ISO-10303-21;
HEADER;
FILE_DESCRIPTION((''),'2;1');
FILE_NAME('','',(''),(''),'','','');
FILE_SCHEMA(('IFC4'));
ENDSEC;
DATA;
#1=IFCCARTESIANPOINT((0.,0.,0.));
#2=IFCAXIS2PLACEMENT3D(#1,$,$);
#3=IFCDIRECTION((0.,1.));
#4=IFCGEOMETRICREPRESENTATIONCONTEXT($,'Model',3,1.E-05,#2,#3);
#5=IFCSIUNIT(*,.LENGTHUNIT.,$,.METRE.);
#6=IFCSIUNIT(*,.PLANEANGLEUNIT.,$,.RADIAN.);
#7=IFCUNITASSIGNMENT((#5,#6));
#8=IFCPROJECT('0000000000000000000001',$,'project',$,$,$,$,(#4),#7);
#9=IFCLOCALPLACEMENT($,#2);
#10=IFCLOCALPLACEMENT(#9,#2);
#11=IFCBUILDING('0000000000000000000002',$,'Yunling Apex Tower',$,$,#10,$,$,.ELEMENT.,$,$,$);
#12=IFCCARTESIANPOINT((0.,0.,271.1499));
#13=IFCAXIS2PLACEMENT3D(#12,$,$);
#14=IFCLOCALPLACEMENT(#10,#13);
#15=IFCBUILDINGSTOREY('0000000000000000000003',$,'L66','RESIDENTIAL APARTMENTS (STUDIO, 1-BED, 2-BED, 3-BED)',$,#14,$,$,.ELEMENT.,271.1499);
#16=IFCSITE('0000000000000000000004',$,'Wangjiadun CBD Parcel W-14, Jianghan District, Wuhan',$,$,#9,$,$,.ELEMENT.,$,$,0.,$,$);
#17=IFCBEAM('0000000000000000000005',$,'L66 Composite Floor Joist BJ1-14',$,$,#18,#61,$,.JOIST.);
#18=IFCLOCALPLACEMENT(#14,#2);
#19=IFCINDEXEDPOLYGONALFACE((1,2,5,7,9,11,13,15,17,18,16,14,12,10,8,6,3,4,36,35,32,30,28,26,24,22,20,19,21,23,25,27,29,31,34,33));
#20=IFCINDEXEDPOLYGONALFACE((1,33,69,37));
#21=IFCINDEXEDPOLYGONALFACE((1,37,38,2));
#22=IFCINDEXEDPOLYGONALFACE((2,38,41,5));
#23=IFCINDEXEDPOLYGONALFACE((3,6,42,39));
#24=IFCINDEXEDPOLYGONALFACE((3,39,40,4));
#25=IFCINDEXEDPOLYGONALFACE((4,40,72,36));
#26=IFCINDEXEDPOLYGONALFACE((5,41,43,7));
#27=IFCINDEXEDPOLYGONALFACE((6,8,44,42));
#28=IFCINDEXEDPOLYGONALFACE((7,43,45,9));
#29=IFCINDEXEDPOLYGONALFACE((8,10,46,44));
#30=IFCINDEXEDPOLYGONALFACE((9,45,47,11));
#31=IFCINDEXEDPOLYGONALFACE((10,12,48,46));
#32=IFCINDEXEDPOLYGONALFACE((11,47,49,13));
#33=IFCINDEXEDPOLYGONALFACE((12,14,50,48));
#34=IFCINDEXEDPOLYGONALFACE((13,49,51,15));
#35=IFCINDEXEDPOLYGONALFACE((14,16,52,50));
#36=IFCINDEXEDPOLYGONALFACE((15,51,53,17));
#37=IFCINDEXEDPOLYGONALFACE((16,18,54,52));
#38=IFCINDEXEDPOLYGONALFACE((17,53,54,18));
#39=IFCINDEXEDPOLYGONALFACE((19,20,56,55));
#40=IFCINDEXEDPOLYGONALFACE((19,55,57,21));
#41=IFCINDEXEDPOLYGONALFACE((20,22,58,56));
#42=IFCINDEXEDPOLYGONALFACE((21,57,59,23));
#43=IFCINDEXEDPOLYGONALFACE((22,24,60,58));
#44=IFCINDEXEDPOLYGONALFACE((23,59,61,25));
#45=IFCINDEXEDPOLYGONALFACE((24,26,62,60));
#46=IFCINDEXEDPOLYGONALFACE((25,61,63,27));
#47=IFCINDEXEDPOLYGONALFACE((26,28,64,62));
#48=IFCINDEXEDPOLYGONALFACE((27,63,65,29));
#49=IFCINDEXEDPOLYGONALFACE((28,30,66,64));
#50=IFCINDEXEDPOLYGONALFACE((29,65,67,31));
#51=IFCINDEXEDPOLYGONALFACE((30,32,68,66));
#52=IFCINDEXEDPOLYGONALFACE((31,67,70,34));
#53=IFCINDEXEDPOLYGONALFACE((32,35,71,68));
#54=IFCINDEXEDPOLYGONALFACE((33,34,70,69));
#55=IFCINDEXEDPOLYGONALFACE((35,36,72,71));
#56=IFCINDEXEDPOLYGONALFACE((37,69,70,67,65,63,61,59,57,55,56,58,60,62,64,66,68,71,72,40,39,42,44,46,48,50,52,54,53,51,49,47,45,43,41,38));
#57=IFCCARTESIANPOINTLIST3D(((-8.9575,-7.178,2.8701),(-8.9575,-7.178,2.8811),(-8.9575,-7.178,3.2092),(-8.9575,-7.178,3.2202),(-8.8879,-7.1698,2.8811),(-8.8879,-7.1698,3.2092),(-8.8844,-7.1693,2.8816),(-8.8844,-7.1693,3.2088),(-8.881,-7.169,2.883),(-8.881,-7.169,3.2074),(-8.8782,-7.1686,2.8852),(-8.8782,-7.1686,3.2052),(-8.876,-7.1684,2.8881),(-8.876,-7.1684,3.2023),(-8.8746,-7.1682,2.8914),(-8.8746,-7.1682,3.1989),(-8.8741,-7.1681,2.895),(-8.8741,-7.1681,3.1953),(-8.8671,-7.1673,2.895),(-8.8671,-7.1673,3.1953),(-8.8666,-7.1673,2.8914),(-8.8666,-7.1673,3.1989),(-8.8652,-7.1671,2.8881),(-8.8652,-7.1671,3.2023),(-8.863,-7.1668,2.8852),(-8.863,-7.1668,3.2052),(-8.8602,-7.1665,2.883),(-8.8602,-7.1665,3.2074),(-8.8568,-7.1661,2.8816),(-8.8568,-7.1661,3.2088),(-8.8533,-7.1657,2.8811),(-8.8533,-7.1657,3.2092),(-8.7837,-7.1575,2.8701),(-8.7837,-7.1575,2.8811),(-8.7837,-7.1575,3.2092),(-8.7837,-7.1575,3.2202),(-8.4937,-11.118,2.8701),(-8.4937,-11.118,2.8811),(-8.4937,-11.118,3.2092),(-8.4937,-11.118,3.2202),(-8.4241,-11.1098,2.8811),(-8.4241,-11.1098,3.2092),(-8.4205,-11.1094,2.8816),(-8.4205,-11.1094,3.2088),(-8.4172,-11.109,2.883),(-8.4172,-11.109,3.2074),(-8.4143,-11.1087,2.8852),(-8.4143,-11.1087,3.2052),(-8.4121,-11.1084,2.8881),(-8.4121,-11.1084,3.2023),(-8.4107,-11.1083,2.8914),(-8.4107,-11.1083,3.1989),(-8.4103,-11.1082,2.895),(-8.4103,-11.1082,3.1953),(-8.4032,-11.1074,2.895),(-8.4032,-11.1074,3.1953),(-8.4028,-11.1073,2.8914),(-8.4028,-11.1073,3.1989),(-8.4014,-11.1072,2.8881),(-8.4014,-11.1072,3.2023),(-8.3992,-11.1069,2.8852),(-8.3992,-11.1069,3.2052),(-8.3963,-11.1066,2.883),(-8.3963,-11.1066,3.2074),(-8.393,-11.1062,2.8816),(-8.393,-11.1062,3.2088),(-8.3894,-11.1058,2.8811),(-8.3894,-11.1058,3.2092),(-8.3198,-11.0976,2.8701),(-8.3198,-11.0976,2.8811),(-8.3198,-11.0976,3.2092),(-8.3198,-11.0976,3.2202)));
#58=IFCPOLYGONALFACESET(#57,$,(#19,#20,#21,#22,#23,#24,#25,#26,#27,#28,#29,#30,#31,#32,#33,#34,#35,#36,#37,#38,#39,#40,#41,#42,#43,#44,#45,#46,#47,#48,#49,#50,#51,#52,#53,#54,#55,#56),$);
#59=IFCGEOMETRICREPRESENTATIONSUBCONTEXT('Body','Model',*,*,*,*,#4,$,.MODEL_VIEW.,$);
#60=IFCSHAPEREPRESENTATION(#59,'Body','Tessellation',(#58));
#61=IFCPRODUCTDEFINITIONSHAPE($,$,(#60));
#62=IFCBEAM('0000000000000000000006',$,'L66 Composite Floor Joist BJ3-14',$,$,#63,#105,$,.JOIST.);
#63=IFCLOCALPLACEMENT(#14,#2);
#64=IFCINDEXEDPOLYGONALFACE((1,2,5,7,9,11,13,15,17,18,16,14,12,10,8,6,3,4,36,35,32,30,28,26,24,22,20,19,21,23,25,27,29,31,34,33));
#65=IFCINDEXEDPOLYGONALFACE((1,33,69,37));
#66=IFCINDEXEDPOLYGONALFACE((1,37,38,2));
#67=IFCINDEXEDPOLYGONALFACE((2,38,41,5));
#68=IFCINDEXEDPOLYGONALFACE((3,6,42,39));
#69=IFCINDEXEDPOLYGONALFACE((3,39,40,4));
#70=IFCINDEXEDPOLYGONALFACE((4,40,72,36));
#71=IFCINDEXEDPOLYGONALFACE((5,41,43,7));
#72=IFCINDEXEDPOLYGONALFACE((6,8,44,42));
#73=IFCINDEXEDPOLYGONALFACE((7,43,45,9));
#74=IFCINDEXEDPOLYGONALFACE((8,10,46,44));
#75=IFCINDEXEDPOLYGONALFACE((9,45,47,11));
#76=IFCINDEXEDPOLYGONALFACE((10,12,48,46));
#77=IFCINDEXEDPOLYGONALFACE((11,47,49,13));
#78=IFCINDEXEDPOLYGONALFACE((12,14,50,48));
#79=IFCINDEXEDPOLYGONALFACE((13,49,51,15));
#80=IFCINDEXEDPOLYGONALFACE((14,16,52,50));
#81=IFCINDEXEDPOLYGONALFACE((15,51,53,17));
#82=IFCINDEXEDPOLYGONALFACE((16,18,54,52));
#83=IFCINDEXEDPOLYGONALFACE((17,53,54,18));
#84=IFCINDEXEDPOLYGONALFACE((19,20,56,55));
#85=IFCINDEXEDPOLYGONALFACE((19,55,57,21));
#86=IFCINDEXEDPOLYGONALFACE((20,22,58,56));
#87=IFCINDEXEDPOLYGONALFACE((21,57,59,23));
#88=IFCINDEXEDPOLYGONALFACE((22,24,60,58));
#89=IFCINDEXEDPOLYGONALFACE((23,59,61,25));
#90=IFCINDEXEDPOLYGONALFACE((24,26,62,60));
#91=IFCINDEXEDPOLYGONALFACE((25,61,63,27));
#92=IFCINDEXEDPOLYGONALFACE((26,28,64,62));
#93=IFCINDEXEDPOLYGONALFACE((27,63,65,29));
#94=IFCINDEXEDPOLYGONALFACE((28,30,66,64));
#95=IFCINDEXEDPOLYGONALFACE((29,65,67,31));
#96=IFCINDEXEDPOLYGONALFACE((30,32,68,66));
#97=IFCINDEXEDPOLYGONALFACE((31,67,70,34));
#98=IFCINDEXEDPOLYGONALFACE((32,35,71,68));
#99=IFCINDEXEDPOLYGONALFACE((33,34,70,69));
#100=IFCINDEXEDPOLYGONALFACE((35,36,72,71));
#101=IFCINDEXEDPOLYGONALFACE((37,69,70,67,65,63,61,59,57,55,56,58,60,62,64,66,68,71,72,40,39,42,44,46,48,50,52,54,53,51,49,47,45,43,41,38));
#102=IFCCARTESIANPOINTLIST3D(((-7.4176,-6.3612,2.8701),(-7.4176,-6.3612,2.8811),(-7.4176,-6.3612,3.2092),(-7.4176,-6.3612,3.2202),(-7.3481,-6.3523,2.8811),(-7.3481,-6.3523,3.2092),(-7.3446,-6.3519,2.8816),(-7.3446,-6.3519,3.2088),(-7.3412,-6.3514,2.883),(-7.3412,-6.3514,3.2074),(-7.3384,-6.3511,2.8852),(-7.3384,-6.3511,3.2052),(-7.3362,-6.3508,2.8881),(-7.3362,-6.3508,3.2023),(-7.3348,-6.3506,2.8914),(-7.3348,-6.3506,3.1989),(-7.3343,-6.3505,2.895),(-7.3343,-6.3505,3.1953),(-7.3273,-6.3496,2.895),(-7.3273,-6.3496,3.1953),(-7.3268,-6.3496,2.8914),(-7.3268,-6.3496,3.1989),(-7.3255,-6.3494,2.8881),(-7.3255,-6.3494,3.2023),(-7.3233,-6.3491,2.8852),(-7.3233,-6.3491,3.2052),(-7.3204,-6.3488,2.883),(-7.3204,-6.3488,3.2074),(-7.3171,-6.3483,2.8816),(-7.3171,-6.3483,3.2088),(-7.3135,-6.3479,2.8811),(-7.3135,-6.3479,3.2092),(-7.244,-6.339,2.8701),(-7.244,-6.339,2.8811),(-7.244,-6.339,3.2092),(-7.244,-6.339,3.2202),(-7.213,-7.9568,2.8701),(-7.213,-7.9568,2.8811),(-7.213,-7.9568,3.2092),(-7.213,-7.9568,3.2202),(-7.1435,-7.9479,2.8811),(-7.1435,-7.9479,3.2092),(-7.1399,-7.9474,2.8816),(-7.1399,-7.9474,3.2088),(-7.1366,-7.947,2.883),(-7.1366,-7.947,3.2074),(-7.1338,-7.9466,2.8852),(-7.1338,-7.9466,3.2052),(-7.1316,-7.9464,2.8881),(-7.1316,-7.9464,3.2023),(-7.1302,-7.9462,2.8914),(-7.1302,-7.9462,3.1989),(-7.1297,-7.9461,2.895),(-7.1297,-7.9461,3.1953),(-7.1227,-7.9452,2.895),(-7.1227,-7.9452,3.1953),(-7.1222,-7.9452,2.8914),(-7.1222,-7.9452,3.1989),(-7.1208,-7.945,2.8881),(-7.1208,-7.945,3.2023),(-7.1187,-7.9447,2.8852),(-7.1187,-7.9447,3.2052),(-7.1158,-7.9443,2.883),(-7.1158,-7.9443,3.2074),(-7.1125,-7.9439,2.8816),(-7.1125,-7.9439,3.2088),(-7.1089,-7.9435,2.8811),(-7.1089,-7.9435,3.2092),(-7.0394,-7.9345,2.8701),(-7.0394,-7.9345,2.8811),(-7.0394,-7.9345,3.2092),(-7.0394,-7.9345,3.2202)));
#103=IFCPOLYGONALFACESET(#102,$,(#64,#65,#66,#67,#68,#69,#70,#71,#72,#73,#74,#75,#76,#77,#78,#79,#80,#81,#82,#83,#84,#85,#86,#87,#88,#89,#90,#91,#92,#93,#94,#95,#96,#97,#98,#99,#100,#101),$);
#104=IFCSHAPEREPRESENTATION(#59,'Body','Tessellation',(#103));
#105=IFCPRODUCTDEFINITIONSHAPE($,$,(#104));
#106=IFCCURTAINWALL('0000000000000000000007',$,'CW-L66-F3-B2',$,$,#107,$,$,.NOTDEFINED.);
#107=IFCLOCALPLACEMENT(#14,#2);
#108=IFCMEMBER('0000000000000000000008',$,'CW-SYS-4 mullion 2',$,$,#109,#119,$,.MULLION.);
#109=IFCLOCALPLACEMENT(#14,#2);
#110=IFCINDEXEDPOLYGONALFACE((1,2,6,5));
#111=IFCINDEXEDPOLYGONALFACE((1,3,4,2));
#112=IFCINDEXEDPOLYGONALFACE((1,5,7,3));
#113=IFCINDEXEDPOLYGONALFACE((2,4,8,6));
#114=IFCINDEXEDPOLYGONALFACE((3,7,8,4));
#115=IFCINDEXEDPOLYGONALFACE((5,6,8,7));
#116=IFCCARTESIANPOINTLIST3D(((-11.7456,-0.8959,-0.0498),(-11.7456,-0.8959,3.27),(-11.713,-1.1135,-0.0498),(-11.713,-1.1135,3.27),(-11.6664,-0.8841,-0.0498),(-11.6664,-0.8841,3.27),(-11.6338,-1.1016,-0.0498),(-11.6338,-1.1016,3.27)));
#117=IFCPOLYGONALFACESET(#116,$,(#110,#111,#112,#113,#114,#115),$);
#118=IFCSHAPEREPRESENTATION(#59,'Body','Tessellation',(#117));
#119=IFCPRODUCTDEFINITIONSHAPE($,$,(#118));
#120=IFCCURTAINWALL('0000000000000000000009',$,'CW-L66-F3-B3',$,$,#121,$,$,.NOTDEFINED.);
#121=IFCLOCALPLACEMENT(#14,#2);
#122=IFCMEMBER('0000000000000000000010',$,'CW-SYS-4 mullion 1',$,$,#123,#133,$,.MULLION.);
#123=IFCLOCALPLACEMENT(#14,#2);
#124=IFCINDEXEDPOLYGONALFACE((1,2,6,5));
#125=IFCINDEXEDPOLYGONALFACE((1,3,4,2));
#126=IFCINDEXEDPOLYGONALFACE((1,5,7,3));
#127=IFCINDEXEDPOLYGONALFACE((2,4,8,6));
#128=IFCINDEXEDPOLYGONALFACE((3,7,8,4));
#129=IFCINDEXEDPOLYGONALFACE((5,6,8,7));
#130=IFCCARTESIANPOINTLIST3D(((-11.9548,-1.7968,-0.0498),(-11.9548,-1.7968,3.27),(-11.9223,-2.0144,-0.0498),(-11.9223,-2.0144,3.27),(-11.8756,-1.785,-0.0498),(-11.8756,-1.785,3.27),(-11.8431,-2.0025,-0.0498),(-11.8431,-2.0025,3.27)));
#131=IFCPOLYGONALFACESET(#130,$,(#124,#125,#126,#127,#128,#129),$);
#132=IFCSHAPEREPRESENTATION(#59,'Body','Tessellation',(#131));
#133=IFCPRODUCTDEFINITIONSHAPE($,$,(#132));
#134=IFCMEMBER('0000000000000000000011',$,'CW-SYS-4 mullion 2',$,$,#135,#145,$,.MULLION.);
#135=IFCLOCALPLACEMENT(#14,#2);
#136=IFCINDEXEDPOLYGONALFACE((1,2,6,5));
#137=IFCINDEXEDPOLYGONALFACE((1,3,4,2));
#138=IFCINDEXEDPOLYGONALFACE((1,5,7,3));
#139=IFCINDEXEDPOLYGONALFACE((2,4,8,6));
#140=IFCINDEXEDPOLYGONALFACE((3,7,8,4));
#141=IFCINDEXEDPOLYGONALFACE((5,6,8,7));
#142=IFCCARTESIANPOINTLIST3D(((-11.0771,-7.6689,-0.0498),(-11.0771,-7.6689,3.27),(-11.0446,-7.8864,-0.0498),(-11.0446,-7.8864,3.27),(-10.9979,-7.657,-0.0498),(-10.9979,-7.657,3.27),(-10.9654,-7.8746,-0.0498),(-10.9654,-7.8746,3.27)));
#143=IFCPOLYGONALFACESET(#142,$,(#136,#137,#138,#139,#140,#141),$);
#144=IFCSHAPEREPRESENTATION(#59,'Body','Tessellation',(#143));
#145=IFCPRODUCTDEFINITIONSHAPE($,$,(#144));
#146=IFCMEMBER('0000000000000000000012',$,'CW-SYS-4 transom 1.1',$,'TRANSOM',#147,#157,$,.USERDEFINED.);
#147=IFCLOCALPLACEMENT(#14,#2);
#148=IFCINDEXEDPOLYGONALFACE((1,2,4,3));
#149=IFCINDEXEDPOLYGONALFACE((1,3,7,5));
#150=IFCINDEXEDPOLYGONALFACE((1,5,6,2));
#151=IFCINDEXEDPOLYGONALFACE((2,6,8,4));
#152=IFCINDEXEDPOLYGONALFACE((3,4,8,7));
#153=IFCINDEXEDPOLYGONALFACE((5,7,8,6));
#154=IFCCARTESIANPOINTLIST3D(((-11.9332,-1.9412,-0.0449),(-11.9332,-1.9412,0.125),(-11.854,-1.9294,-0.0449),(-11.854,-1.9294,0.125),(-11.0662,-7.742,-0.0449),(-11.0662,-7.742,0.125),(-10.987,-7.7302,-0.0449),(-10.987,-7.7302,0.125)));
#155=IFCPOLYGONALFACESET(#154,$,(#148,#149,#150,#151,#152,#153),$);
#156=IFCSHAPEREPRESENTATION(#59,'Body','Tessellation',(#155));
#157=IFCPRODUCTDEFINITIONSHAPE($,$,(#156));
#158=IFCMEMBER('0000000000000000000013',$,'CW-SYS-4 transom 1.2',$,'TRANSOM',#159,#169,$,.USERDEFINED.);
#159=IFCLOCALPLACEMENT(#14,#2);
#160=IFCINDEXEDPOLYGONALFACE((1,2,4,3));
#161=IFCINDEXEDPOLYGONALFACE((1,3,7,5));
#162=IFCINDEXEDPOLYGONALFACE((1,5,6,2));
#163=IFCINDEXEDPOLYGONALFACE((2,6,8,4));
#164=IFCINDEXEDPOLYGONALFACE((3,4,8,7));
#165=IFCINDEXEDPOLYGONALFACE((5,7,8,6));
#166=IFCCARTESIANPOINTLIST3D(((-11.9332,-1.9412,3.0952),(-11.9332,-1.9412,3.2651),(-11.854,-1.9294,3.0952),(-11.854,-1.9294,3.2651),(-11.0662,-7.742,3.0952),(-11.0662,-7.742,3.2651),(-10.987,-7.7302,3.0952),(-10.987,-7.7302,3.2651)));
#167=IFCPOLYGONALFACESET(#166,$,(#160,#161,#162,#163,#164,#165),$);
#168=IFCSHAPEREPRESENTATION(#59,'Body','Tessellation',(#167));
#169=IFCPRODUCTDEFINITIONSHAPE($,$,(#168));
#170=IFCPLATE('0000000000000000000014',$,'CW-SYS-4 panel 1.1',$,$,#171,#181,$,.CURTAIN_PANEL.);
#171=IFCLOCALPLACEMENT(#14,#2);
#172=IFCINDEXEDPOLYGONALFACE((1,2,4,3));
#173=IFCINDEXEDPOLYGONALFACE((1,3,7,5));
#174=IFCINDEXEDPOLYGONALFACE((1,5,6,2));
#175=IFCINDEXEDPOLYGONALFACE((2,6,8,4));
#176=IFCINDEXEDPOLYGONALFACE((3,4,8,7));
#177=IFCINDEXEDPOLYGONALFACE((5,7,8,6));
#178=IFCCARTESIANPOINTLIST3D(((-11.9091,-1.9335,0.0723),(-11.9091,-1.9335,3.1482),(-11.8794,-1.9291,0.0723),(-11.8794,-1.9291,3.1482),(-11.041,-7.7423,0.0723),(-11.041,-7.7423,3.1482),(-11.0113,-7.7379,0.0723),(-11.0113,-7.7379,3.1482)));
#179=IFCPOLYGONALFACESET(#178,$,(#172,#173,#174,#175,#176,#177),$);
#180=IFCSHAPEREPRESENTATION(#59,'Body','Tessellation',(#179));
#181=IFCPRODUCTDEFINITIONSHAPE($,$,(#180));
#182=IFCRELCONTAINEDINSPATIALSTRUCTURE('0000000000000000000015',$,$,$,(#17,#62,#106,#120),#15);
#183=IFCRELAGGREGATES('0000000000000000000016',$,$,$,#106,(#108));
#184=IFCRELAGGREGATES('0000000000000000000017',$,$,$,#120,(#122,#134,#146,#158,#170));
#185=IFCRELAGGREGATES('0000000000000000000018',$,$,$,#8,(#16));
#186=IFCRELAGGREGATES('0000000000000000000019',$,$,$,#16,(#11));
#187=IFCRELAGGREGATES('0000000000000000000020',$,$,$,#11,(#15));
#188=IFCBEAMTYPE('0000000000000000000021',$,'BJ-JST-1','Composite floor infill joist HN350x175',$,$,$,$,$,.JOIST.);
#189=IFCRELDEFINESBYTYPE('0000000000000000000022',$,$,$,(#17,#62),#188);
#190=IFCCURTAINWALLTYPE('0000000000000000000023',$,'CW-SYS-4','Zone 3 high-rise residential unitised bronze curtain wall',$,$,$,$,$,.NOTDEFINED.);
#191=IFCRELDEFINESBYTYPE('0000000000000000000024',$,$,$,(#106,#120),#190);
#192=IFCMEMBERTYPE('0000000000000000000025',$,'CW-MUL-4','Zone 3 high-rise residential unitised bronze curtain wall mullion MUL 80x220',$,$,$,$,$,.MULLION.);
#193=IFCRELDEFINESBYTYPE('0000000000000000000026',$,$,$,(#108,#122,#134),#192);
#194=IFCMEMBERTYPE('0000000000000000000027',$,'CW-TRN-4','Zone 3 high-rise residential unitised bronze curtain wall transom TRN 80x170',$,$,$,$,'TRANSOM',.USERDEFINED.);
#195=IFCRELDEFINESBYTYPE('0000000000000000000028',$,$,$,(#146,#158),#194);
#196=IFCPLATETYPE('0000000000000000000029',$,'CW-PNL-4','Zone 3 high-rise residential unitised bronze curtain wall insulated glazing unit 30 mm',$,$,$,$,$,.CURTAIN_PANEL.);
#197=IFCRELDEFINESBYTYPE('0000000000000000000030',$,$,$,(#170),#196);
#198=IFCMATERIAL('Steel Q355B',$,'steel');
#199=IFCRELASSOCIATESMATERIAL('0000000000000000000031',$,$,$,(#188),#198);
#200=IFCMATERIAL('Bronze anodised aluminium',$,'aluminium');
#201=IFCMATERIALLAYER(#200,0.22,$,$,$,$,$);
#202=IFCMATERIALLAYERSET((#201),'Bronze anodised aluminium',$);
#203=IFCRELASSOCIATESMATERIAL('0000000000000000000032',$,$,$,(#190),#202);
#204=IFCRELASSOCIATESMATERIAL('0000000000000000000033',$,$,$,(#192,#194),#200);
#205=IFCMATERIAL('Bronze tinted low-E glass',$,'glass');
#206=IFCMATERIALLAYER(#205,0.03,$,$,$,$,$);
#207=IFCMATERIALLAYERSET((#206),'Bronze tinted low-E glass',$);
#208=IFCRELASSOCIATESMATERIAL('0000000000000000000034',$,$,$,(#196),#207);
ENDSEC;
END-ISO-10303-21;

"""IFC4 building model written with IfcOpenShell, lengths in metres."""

from ifc_helpers import new_model, si_unit, direction, frame, origin, origin_2d, place, context, subcontext, project, spatial, rectangle, i_section, extrude, source, transform, mapped, material, layer, layer_set, material_profile, profile_set, type_object, element, aggregate, save


model = new_model("IFC4")

# Units and contexts
model_context = context("Model", 3, precision=1e-05, world=origin(), true_north=direction((0.0, 1.0)))
body_context = subcontext(model_context, "Body", "Model", "MODEL_VIEW")
ifc_project = project(units=[si_unit("LENGTHUNIT", "METRE"), si_unit("PLANEANGLEUNIT", "RADIAN")], contexts=[model_context])

# Site, building, storey
site_placement = place(None, origin())
site = spatial("IfcSite", under=ifc_project, at=site_placement, Name="Wangjiadun CBD Parcel W-14, Jianghan District, Wuhan", CompositionType="ELEMENT", RefElevation=0.0)
building_placement = place(site_placement, origin())
building = spatial("IfcBuilding", under=site, at=building_placement, Name="Yunling Apex Tower", CompositionType="ELEMENT")
storey_placement = place(building_placement, frame((0.0, 0.0, 271.1499)))
storey = spatial("IfcBuildingStorey", under=building, at=storey_placement, Name="L66", Description="RESIDENTIAL APARTMENTS (STUDIO, 1-BED, 2-BED, 3-BED)", CompositionType="ELEMENT", Elevation=271.1499)

# Shared definitions
ifc_material_1 = material(Name="Steel Q355B", Category="steel")

# Beams
ifc_material_profile_1 = material_profile(ifc_material_1, i_section(OverallWidth=0.175, OverallDepth=0.3501, WebThickness=0.0071, FlangeThickness=0.011, FilletRadius=0.0139, at=origin_2d()))
ifc_profile_set_1 = profile_set([ifc_material_profile_1], Name="Steel Q355B")
beam_type_1 = type_object("IfcBeamType", Name="BJ-JST-1", Description="Composite floor infill joist HN350x175", PredefinedType="JOIST", material=ifc_profile_set_1)
shared_shape_1 = source(origin(), body_context, "Body", "SweptSolid", [
    extrude(i_section(OverallWidth=0.175, OverallDepth=0.3501, WebThickness=0.0071, FlangeThickness=0.011, FilletRadius=0.0139, at=origin_2d()), origin(), (0.0, 0.0, 1.0), 3.9673),
])
beam_1_placement = place(storey_placement, frame((-8.8706, -7.1677, 3.0452), z_axis=(0.11692, -0.993141, 0.0), x_axis=(0.993141, 0.11692, 0.0)))
element("IfcBeam", 1, at=beam_1_placement, inside=storey, type_object=beam_type_1, Name="L66 Composite Floor Joist BJ1-14", PredefinedType="JOIST", context=body_context, shape_type="MappedRepresentation", body=[
    mapped(shared_shape_1, transform((0.0, 0.0, 0.0), scale=1.0)),
])
shared_shape_2 = source(origin(), body_context, "Body", "SweptSolid", [
    extrude(i_section(OverallWidth=0.175, OverallDepth=0.3501, WebThickness=0.0071, FlangeThickness=0.011, FilletRadius=0.0139, at=origin_2d()), origin(), (0.0, 0.0, 1.0), 1.6086),
])
beam_2_placement = place(storey_placement, frame((-7.3308, -6.3501, 3.0452), z_axis=(0.127191, -0.991878, 0.0), x_axis=(0.991878, 0.127191, 0.0)))
element("IfcBeam", 2, at=beam_2_placement, inside=storey, type_object=beam_type_1, Name="L66 Composite Floor Joist BJ3-14", PredefinedType="JOIST", context=body_context, shape_type="MappedRepresentation", body=[
    mapped(shared_shape_2, transform((0.0, 0.0, 0.0), scale=1.0)),
])

# Curtain wall, member
ifc_material_2 = material(Name="Bronze anodised aluminium", Category="aluminium")
ifc_layer_1 = layer(ifc_material_2, 0.22)
ifc_layer_set_1 = layer_set([ifc_layer_1], Name="Bronze anodised aluminium")
curtain_wall_type = type_object("IfcCurtainWallType", Name="CW-SYS-4", Description="Zone 3 high-rise residential unitised bronze curtain wall", PredefinedType="NOTDEFINED", material=ifc_layer_set_1)
curtain_wall_1_placement = place(storey_placement, origin())
curtain_wall_1 = element("IfcCurtainWall", 3, at=curtain_wall_1_placement, inside=storey, type_object=curtain_wall_type, Name="CW-L66-F3-B2", PredefinedType="NOTDEFINED")
ifc_material_profile_2 = material_profile(ifc_material_2, rectangle(XDim=0.0801, YDim=0.22, at=origin_2d()))
ifc_profile_set_2 = profile_set([ifc_material_profile_2], Name="Bronze anodised aluminium")
member_type_1 = type_object("IfcMemberType", Name="CW-MUL-4", Description="Zone 3 high-rise residential unitised bronze curtain wall mullion MUL 80x220", PredefinedType="MULLION", material=ifc_profile_set_2)
shared_shape_3 = source(origin(), body_context, "Body", "SweptSolid", [
    extrude(rectangle(XDim=0.0801, YDim=0.22, at=origin_2d()), origin(), (0.0, 0.0, 1.0), 3.3198),
])
member_1_placement = place(storey_placement, frame((-11.6897, -0.9988, -0.0498), z_axis=(0.0, 0.0, 1.0), x_axis=(0.989017, 0.147804, 0.0)))
member_1 = element("IfcMember", 4, at=member_1_placement, type_object=member_type_1, Name="CW-SYS-4 mullion 2", PredefinedType="MULLION", context=body_context, shape_type="MappedRepresentation", body=[
    mapped(shared_shape_3, transform((0.0, 0.0, 0.0), scale=1.0)),
])
aggregate(curtain_wall_1, [member_1])

# Curtain wall, members, plate
curtain_wall_2_placement = place(storey_placement, origin())
curtain_wall_2 = element("IfcCurtainWall", 5, at=curtain_wall_2_placement, inside=storey, type_object=curtain_wall_type, Name="CW-L66-F3-B3", PredefinedType="NOTDEFINED")
member_2_placement = place(storey_placement, frame((-11.8989, -1.8997, -0.0498), z_axis=(0.0, 0.0, 1.0), x_axis=(0.989016, 0.147807, 0.0)))
member_2 = element("IfcMember", 6, at=member_2_placement, type_object=member_type_1, Name="CW-SYS-4 mullion 1", PredefinedType="MULLION", context=body_context, shape_type="MappedRepresentation", body=[
    mapped(shared_shape_3, transform((0.0, 0.0, 0.0), scale=1.0)),
])
member_3_placement = place(storey_placement, frame((-11.0212, -7.7717, -0.0498), z_axis=(0.0, 0.0, 1.0), x_axis=(0.989016, 0.147807, 0.0)))
member_3 = element("IfcMember", 7, at=member_3_placement, type_object=member_type_1, Name="CW-SYS-4 mullion 2", PredefinedType="MULLION", context=body_context, shape_type="MappedRepresentation", body=[
    mapped(shared_shape_3, transform((0.0, 0.0, 0.0), scale=1.0)),
])
ifc_material_profile_3 = material_profile(ifc_material_2, rectangle(XDim=0.0801, YDim=0.1699, at=origin_2d()))
ifc_profile_set_3 = profile_set([ifc_material_profile_3], Name="Bronze anodised aluminium")
member_type_2 = type_object("IfcMemberType", Name="CW-TRN-4", Description="Zone 3 high-rise residential unitised bronze curtain wall transom TRN 80x170", ElementType="TRANSOM", PredefinedType="USERDEFINED", material=ifc_profile_set_3)
shared_shape_4 = source(origin(), body_context, "Body", "SweptSolid", [
    extrude(rectangle(XDim=0.0801, YDim=0.1699, at=origin_2d()), origin(), (0.0, 0.0, 1.0), 5.8652),
])
member_4_placement = place(storey_placement, frame((-11.8936, -1.9353, 0.04), z_axis=(0.147811, -0.989016, 0.0), x_axis=(0.989016, 0.147811, 0.0)))
member_4 = element("IfcMember", 8, at=member_4_placement, type_object=member_type_2, Name="CW-SYS-4 transom 1.1", ObjectType="TRANSOM", PredefinedType="USERDEFINED", context=body_context, shape_type="MappedRepresentation", body=[
    mapped(shared_shape_4, transform((0.0, 0.0, 0.0), scale=1.0)),
])
member_5_placement = place(storey_placement, frame((-11.8936, -1.9353, 3.1802), z_axis=(0.147811, -0.989016, 0.0), x_axis=(0.989016, 0.147811, 0.0)))
member_5 = element("IfcMember", 9, at=member_5_placement, type_object=member_type_2, Name="CW-SYS-4 transom 1.2", ObjectType="TRANSOM", PredefinedType="USERDEFINED", context=body_context, shape_type="MappedRepresentation", body=[
    mapped(shared_shape_4, transform((0.0, 0.0, 0.0), scale=1.0)),
])
ifc_material_3 = material(Name="Bronze tinted low-E glass", Category="glass")
ifc_layer_2 = layer(ifc_material_3, 0.03)
ifc_layer_set_2 = layer_set([ifc_layer_2], Name="Bronze tinted low-E glass")
plate_type = type_object("IfcPlateType", Name="CW-PNL-4", Description="Zone 3 high-rise residential unitised bronze curtain wall insulated glazing unit 30 mm", PredefinedType="CURTAIN_PANEL", material=ifc_layer_set_2)
shared_shape_5 = source(origin(), body_context, "Body", "SweptSolid", [
    extrude(rectangle(XDim=5.8733, YDim=0.03, at=origin_2d()), origin(), (0.0, 0.0, 1.0), 3.0759),
])
plate_placement = place(storey_placement, frame((-11.4602, -4.8357, 0.0723), z_axis=(0.0, 0.0, 1.0), x_axis=(0.147807, -0.989016, 0.0)))
plate = element("IfcPlate", 10, at=plate_placement, type_object=plate_type, Name="CW-SYS-4 panel 1.1", PredefinedType="CURTAIN_PANEL", context=body_context, shape_type="MappedRepresentation", body=[
    mapped(shared_shape_5, transform((0.0, 0.0, 0.0), scale=1.0)),
])
aggregate(curtain_wall_2, [member_2, member_3, member_4, member_5, plate])

save(model, "model.ifc")
